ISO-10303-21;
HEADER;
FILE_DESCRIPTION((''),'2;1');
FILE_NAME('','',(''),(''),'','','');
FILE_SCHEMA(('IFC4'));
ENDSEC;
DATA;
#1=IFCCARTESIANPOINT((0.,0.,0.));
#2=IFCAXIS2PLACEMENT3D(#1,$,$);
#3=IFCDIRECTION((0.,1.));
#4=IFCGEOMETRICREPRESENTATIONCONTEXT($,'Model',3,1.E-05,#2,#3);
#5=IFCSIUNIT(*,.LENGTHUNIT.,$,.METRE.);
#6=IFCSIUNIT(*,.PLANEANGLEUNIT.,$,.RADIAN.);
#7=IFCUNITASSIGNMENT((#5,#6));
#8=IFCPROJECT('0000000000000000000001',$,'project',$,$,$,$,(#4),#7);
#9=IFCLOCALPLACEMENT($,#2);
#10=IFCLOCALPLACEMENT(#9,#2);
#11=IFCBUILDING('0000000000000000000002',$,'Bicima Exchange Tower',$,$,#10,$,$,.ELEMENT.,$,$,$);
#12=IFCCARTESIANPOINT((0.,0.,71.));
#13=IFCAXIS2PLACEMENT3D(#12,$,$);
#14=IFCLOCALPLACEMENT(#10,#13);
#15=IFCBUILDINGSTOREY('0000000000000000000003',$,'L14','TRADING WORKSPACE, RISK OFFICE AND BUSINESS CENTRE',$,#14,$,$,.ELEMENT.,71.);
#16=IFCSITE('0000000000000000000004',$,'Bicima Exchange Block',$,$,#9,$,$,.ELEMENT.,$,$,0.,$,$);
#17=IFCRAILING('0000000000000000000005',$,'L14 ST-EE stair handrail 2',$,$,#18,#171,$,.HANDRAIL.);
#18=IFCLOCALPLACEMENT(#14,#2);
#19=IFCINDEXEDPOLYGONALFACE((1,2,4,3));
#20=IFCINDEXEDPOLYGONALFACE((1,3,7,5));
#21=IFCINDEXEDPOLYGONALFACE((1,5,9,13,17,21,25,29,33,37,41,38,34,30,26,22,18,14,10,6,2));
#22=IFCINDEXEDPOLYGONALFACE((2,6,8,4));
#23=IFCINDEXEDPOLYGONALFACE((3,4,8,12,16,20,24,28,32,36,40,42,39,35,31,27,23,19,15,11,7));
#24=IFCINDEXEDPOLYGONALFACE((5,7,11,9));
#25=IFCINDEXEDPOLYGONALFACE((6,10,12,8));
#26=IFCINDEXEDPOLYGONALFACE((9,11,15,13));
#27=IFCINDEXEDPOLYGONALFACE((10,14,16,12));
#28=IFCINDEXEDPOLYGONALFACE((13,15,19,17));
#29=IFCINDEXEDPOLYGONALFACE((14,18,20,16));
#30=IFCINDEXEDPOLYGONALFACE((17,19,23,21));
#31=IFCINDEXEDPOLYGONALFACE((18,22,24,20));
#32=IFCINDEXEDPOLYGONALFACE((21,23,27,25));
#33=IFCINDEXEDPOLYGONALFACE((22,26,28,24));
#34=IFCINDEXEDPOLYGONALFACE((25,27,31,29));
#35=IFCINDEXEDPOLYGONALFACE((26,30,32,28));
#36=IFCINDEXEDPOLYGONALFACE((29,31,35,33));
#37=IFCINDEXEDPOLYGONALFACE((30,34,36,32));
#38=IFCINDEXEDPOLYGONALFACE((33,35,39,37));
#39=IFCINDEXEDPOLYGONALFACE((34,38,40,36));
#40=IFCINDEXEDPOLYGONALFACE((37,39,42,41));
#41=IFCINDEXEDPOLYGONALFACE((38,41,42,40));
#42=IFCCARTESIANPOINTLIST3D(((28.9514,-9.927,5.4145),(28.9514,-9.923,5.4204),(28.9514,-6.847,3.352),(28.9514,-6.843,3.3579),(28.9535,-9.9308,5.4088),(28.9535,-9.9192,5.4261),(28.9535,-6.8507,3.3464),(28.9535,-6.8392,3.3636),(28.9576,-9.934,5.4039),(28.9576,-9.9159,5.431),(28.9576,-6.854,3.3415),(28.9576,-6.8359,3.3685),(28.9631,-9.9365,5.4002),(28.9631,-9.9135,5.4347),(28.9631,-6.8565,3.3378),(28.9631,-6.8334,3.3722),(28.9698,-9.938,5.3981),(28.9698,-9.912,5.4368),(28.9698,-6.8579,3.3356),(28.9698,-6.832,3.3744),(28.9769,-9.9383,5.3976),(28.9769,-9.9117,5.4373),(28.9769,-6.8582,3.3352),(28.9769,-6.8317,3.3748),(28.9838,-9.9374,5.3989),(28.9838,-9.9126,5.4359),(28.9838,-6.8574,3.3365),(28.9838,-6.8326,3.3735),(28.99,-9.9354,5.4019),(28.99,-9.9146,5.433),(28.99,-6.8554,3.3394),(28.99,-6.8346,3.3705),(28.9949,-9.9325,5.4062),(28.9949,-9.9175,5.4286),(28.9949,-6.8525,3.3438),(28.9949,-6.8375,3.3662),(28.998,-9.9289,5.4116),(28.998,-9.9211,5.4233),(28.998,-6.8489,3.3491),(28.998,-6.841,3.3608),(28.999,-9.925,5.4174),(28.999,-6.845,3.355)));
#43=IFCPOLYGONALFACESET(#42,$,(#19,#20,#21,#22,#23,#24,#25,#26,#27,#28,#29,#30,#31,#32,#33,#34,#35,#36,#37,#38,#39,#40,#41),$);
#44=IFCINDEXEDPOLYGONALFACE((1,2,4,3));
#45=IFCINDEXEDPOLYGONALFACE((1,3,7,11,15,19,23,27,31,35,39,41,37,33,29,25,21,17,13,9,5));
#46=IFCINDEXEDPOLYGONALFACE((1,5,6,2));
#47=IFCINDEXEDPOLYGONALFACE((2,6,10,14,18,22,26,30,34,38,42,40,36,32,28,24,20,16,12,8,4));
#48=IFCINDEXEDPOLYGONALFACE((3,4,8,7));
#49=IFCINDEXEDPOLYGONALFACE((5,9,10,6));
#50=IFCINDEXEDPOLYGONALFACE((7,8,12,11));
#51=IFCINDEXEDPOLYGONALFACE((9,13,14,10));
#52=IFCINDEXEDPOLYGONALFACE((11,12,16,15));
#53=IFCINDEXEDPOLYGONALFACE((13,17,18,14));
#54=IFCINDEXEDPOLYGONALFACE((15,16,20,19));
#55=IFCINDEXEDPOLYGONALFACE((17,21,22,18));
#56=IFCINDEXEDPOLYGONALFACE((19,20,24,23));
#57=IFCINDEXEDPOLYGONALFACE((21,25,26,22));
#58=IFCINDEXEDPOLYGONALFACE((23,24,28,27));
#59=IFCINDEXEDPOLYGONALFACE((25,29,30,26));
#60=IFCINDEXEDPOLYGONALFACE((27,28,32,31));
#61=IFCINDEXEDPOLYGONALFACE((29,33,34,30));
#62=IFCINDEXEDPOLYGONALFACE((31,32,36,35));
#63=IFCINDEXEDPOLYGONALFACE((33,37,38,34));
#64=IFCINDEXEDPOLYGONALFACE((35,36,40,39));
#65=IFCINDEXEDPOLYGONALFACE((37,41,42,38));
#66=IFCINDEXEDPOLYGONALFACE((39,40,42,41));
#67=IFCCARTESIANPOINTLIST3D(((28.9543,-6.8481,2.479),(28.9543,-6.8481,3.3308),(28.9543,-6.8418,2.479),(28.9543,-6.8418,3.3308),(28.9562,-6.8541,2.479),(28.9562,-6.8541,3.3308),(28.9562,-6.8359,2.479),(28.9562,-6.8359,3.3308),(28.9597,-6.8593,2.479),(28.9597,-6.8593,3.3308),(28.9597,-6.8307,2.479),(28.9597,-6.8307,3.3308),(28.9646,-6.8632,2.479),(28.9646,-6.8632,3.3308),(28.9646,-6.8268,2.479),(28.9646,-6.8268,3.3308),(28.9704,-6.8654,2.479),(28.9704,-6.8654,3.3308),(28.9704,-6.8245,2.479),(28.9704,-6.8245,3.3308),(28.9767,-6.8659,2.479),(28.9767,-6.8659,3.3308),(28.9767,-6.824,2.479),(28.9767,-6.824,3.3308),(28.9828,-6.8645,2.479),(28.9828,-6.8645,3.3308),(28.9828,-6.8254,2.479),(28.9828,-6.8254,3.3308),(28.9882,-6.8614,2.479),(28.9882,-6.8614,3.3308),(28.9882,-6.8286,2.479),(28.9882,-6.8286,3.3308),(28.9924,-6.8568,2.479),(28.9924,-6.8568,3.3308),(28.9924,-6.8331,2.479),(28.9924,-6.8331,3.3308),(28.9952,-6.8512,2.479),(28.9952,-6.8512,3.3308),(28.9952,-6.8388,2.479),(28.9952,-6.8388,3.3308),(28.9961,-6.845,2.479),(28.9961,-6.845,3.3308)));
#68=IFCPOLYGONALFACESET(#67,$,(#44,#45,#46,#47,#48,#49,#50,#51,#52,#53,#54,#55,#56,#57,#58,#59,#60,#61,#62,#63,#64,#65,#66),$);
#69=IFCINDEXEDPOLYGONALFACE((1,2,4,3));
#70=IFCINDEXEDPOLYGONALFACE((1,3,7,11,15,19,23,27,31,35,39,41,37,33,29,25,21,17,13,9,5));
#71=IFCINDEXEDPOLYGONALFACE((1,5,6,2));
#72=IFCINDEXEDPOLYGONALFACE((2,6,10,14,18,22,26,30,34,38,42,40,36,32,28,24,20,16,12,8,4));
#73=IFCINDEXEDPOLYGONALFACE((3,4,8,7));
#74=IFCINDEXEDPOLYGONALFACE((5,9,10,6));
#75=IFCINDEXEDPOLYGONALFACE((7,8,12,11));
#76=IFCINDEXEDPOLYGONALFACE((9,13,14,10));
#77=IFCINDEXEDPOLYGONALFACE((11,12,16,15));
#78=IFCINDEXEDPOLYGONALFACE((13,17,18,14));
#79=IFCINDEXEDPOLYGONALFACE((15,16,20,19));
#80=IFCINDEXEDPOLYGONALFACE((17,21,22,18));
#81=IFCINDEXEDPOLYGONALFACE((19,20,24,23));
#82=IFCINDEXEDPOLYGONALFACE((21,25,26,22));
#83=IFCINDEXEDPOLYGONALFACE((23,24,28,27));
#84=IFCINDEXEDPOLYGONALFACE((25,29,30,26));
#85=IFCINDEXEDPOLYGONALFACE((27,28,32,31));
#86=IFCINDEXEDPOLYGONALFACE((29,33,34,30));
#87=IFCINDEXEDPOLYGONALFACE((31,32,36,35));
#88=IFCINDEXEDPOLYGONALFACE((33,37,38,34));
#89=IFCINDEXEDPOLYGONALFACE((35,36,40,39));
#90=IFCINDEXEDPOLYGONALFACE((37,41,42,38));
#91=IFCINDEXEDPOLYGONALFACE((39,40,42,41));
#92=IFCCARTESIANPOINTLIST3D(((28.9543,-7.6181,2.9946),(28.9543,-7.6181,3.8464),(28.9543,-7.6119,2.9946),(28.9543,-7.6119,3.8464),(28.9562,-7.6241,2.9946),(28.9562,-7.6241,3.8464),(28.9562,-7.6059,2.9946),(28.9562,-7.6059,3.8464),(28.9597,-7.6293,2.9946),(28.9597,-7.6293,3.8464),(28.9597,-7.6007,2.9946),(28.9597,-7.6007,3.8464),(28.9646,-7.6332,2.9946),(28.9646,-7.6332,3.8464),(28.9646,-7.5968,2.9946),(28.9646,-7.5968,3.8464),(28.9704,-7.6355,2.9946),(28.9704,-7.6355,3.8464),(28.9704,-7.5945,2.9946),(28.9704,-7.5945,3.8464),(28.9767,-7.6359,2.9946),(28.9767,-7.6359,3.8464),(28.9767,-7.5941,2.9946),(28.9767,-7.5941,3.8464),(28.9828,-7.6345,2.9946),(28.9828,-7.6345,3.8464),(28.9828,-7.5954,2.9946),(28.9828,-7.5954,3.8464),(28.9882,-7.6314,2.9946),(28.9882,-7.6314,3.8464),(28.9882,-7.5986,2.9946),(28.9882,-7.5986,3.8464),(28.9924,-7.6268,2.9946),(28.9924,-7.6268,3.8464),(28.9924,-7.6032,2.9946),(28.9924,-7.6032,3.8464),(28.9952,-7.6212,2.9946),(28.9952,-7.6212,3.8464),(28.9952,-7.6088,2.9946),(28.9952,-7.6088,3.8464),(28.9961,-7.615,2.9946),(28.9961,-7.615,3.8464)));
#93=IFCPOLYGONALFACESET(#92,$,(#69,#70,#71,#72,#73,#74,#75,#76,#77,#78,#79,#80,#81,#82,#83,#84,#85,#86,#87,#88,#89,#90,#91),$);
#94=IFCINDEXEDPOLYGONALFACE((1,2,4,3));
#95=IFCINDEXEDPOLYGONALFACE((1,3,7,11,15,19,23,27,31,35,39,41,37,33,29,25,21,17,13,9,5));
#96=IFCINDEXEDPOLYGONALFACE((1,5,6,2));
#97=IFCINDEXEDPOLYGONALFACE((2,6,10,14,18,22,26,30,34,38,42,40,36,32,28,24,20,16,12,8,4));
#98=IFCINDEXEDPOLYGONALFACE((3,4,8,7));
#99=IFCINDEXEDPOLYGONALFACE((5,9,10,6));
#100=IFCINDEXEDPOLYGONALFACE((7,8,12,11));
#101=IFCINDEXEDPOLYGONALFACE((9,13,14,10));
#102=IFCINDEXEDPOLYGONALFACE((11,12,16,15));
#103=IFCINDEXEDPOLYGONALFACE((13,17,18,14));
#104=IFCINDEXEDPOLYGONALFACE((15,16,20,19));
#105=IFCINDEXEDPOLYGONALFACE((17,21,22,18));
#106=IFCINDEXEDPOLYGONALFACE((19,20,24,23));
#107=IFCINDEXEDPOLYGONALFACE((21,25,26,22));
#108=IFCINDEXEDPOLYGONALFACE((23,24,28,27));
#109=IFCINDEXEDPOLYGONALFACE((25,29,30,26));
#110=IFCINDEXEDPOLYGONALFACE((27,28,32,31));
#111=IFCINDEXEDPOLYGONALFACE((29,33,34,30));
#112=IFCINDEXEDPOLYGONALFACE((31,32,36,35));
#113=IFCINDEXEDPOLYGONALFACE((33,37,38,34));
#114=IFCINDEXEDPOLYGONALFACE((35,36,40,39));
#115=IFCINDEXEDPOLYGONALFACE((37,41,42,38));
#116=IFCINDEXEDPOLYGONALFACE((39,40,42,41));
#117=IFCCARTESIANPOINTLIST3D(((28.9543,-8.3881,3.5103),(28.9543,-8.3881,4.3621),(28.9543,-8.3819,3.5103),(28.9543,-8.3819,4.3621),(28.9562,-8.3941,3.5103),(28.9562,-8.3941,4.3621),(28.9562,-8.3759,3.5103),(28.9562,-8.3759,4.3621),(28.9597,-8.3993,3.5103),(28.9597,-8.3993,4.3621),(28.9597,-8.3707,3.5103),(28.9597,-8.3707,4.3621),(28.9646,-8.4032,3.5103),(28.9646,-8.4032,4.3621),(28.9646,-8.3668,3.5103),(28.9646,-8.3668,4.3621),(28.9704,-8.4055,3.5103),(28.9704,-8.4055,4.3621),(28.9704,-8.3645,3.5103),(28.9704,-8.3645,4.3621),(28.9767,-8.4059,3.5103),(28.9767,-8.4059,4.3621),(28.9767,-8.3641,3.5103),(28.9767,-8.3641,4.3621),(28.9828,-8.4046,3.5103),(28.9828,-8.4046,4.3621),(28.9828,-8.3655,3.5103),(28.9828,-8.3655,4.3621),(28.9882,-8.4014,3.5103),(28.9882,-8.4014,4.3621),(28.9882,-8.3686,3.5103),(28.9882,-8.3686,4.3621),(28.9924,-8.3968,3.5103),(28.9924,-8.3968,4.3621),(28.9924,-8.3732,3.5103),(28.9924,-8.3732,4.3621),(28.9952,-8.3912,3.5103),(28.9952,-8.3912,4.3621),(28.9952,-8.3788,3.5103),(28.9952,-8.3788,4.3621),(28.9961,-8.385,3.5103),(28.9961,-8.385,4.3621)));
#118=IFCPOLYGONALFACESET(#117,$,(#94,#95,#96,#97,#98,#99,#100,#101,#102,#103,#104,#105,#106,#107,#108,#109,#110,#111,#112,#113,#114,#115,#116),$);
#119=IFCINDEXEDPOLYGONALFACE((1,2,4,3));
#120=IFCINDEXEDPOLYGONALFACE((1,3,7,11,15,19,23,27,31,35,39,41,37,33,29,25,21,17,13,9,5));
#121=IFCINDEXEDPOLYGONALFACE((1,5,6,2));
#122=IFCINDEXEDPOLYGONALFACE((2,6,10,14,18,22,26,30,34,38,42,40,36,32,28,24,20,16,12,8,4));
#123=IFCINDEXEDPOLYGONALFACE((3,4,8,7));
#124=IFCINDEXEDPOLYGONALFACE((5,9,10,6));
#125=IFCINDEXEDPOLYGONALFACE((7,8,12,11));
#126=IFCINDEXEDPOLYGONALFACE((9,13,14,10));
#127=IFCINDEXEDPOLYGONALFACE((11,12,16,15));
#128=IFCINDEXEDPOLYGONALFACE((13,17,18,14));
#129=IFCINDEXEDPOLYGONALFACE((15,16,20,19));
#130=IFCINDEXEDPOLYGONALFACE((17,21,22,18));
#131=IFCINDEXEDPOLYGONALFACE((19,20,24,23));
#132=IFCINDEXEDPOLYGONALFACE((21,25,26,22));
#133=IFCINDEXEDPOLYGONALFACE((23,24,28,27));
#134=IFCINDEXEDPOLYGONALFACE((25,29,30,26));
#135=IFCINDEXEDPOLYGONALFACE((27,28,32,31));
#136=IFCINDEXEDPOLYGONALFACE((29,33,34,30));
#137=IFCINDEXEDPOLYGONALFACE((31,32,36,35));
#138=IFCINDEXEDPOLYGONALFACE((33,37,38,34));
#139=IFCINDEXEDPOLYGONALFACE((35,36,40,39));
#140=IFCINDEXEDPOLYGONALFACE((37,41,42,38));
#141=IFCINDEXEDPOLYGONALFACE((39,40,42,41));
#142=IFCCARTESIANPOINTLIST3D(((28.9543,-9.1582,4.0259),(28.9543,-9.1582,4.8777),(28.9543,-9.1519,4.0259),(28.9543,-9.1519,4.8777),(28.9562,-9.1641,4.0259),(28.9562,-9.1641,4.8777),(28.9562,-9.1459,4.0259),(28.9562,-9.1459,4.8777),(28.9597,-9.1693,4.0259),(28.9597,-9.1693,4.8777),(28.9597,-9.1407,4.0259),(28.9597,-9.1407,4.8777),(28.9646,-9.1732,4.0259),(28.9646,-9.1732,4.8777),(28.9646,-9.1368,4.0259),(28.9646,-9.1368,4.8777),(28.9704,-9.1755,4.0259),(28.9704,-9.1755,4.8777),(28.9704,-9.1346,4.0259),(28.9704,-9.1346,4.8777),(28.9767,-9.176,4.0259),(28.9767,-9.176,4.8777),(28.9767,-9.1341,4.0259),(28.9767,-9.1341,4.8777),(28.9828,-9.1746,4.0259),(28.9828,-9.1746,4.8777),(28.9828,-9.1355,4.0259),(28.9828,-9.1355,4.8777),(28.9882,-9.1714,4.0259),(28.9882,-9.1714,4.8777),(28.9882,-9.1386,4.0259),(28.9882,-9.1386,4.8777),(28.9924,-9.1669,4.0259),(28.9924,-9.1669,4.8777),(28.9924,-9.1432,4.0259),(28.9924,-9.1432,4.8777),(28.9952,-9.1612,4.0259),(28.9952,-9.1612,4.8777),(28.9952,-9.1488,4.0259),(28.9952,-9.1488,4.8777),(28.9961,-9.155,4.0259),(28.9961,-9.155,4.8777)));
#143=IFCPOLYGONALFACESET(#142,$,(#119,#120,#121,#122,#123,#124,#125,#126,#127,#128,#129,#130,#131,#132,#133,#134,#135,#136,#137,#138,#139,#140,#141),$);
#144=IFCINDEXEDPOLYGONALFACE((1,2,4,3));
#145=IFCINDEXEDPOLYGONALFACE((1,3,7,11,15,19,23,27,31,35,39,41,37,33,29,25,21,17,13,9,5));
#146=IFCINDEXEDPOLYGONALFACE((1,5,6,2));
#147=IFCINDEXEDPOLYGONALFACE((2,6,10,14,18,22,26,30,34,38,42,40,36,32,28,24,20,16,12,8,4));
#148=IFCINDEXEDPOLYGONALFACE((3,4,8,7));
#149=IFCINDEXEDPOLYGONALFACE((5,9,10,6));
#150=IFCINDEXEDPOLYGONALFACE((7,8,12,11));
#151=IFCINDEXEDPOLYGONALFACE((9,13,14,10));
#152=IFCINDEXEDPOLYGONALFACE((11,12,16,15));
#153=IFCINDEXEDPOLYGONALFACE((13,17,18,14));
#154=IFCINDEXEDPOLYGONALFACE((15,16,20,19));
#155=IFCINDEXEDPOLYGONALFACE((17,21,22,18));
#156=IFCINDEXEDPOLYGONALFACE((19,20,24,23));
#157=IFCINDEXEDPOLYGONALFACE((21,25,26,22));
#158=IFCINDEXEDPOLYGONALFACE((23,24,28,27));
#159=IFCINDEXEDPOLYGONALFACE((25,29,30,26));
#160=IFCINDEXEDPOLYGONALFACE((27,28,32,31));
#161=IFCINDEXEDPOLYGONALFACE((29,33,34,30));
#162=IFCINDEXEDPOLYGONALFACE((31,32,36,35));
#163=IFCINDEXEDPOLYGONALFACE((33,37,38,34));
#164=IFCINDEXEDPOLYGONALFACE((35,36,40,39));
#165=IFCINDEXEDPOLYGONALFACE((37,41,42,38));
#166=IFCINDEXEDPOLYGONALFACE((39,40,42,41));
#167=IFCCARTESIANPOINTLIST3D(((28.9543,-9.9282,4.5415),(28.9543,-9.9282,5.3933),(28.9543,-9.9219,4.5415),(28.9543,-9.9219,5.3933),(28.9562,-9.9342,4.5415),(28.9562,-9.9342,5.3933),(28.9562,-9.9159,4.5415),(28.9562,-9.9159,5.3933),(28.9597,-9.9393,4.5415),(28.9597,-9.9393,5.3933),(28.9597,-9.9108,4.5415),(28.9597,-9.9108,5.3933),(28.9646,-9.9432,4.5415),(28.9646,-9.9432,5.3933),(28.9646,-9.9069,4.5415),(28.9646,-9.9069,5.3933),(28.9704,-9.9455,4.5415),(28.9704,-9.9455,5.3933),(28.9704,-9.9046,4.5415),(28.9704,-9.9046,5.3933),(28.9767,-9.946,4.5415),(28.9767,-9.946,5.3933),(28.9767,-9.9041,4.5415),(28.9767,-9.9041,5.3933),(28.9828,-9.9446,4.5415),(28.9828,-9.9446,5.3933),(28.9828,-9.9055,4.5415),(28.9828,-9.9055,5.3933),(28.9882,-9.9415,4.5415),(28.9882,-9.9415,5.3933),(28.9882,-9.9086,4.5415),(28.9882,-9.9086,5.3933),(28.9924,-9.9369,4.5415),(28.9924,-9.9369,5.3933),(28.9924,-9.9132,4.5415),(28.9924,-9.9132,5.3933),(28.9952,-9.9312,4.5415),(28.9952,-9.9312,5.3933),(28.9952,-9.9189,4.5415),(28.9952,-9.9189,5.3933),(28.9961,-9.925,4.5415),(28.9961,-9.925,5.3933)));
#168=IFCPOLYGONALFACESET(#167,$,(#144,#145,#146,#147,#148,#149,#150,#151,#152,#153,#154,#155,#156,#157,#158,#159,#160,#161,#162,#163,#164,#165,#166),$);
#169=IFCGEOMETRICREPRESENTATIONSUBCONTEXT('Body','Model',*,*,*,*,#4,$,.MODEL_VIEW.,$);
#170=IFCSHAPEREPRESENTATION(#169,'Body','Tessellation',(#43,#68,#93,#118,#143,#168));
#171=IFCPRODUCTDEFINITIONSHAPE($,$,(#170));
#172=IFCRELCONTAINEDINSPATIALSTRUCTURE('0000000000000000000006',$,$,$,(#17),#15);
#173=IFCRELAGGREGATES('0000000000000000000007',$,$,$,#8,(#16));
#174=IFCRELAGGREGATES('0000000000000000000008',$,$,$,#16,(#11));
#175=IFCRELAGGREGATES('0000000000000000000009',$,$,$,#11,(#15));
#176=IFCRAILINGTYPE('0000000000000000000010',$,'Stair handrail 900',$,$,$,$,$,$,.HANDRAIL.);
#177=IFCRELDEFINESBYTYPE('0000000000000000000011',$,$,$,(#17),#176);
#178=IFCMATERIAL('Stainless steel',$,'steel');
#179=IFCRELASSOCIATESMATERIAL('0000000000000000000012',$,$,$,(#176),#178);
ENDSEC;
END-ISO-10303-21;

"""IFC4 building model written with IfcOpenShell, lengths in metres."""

from ifc_helpers import new_model, si_unit, direction, frame, origin, origin_2d, place, context, subcontext, project, spatial, circle, extrude, material, type_object, element, save


model = new_model("IFC4")

# Units and contexts
model_context = context("Model", 3, precision=1e-05, world=origin(), true_north=direction((0.0, 1.0)))
body_context = subcontext(model_context, "Body", "Model", "MODEL_VIEW")
ifc_project = project(units=[si_unit("LENGTHUNIT", "METRE"), si_unit("PLANEANGLEUNIT", "RADIAN")], contexts=[model_context])

# Site, building, storey
site_placement = place(None, origin())
site = spatial("IfcSite", under=ifc_project, at=site_placement, Name="Bicima Exchange Block", CompositionType="ELEMENT", RefElevation=0.0)
building_placement = place(site_placement, origin())
building = spatial("IfcBuilding", under=site, at=building_placement, Name="Bicima Exchange Tower", CompositionType="ELEMENT")
storey_placement = place(building_placement, frame((0.0, 0.0, 71.0)))
storey = spatial("IfcBuildingStorey", under=building, at=storey_placement, Name="L14", Description="TRADING WORKSPACE, RISK OFFICE AND BUSINESS CENTRE", CompositionType="ELEMENT", Elevation=71.0)

# Railing
ifc_material_1 = material(Name="Stainless steel", Category="steel")
railing_type_1 = type_object("IfcRailingType", Name="Stair handrail 900", PredefinedType="HANDRAIL", material=ifc_material_1)
railing_1_placement = place(storey_placement, frame((28.9751, -6.845, 2.479)))
element("IfcRailing", 1, at=railing_1_placement, inside=storey, type_object=railing_type_1, Name="L14 ST-EE stair handrail 2", PredefinedType="HANDRAIL", context=body_context, shape_type="SweptSolid", body=[
    extrude(circle(Radius=0.0239, at=origin_2d()), frame((0.0, 0.0, 0.876), z_axis=(0.0, -0.830914, 0.556401), x_axis=(1.0, 0.0, 0.0)), (0.0, 0.0, 1.0), 3.7068),
    extrude(circle(Radius=0.021, at=origin_2d()), origin(), (0.0, 0.0, 1.0), 0.8518),
    extrude(circle(Radius=0.021, at=origin_2d()), frame((0.0, -0.77, 0.5156)), (0.0, 0.0, 1.0), 0.8518),
    extrude(circle(Radius=0.021, at=origin_2d()), frame((0.0, -1.54, 1.0312)), (0.0, 0.0, 1.0), 0.8518),
    extrude(circle(Radius=0.021, at=origin_2d()), frame((0.0, -2.3101, 1.5469)), (0.0, 0.0, 1.0), 0.8518),
    extrude(circle(Radius=0.021, at=origin_2d()), frame((0.0, -3.0801, 2.0625)), (0.0, 0.0, 1.0), 0.8518),
])

save(model, "model.ifc")
